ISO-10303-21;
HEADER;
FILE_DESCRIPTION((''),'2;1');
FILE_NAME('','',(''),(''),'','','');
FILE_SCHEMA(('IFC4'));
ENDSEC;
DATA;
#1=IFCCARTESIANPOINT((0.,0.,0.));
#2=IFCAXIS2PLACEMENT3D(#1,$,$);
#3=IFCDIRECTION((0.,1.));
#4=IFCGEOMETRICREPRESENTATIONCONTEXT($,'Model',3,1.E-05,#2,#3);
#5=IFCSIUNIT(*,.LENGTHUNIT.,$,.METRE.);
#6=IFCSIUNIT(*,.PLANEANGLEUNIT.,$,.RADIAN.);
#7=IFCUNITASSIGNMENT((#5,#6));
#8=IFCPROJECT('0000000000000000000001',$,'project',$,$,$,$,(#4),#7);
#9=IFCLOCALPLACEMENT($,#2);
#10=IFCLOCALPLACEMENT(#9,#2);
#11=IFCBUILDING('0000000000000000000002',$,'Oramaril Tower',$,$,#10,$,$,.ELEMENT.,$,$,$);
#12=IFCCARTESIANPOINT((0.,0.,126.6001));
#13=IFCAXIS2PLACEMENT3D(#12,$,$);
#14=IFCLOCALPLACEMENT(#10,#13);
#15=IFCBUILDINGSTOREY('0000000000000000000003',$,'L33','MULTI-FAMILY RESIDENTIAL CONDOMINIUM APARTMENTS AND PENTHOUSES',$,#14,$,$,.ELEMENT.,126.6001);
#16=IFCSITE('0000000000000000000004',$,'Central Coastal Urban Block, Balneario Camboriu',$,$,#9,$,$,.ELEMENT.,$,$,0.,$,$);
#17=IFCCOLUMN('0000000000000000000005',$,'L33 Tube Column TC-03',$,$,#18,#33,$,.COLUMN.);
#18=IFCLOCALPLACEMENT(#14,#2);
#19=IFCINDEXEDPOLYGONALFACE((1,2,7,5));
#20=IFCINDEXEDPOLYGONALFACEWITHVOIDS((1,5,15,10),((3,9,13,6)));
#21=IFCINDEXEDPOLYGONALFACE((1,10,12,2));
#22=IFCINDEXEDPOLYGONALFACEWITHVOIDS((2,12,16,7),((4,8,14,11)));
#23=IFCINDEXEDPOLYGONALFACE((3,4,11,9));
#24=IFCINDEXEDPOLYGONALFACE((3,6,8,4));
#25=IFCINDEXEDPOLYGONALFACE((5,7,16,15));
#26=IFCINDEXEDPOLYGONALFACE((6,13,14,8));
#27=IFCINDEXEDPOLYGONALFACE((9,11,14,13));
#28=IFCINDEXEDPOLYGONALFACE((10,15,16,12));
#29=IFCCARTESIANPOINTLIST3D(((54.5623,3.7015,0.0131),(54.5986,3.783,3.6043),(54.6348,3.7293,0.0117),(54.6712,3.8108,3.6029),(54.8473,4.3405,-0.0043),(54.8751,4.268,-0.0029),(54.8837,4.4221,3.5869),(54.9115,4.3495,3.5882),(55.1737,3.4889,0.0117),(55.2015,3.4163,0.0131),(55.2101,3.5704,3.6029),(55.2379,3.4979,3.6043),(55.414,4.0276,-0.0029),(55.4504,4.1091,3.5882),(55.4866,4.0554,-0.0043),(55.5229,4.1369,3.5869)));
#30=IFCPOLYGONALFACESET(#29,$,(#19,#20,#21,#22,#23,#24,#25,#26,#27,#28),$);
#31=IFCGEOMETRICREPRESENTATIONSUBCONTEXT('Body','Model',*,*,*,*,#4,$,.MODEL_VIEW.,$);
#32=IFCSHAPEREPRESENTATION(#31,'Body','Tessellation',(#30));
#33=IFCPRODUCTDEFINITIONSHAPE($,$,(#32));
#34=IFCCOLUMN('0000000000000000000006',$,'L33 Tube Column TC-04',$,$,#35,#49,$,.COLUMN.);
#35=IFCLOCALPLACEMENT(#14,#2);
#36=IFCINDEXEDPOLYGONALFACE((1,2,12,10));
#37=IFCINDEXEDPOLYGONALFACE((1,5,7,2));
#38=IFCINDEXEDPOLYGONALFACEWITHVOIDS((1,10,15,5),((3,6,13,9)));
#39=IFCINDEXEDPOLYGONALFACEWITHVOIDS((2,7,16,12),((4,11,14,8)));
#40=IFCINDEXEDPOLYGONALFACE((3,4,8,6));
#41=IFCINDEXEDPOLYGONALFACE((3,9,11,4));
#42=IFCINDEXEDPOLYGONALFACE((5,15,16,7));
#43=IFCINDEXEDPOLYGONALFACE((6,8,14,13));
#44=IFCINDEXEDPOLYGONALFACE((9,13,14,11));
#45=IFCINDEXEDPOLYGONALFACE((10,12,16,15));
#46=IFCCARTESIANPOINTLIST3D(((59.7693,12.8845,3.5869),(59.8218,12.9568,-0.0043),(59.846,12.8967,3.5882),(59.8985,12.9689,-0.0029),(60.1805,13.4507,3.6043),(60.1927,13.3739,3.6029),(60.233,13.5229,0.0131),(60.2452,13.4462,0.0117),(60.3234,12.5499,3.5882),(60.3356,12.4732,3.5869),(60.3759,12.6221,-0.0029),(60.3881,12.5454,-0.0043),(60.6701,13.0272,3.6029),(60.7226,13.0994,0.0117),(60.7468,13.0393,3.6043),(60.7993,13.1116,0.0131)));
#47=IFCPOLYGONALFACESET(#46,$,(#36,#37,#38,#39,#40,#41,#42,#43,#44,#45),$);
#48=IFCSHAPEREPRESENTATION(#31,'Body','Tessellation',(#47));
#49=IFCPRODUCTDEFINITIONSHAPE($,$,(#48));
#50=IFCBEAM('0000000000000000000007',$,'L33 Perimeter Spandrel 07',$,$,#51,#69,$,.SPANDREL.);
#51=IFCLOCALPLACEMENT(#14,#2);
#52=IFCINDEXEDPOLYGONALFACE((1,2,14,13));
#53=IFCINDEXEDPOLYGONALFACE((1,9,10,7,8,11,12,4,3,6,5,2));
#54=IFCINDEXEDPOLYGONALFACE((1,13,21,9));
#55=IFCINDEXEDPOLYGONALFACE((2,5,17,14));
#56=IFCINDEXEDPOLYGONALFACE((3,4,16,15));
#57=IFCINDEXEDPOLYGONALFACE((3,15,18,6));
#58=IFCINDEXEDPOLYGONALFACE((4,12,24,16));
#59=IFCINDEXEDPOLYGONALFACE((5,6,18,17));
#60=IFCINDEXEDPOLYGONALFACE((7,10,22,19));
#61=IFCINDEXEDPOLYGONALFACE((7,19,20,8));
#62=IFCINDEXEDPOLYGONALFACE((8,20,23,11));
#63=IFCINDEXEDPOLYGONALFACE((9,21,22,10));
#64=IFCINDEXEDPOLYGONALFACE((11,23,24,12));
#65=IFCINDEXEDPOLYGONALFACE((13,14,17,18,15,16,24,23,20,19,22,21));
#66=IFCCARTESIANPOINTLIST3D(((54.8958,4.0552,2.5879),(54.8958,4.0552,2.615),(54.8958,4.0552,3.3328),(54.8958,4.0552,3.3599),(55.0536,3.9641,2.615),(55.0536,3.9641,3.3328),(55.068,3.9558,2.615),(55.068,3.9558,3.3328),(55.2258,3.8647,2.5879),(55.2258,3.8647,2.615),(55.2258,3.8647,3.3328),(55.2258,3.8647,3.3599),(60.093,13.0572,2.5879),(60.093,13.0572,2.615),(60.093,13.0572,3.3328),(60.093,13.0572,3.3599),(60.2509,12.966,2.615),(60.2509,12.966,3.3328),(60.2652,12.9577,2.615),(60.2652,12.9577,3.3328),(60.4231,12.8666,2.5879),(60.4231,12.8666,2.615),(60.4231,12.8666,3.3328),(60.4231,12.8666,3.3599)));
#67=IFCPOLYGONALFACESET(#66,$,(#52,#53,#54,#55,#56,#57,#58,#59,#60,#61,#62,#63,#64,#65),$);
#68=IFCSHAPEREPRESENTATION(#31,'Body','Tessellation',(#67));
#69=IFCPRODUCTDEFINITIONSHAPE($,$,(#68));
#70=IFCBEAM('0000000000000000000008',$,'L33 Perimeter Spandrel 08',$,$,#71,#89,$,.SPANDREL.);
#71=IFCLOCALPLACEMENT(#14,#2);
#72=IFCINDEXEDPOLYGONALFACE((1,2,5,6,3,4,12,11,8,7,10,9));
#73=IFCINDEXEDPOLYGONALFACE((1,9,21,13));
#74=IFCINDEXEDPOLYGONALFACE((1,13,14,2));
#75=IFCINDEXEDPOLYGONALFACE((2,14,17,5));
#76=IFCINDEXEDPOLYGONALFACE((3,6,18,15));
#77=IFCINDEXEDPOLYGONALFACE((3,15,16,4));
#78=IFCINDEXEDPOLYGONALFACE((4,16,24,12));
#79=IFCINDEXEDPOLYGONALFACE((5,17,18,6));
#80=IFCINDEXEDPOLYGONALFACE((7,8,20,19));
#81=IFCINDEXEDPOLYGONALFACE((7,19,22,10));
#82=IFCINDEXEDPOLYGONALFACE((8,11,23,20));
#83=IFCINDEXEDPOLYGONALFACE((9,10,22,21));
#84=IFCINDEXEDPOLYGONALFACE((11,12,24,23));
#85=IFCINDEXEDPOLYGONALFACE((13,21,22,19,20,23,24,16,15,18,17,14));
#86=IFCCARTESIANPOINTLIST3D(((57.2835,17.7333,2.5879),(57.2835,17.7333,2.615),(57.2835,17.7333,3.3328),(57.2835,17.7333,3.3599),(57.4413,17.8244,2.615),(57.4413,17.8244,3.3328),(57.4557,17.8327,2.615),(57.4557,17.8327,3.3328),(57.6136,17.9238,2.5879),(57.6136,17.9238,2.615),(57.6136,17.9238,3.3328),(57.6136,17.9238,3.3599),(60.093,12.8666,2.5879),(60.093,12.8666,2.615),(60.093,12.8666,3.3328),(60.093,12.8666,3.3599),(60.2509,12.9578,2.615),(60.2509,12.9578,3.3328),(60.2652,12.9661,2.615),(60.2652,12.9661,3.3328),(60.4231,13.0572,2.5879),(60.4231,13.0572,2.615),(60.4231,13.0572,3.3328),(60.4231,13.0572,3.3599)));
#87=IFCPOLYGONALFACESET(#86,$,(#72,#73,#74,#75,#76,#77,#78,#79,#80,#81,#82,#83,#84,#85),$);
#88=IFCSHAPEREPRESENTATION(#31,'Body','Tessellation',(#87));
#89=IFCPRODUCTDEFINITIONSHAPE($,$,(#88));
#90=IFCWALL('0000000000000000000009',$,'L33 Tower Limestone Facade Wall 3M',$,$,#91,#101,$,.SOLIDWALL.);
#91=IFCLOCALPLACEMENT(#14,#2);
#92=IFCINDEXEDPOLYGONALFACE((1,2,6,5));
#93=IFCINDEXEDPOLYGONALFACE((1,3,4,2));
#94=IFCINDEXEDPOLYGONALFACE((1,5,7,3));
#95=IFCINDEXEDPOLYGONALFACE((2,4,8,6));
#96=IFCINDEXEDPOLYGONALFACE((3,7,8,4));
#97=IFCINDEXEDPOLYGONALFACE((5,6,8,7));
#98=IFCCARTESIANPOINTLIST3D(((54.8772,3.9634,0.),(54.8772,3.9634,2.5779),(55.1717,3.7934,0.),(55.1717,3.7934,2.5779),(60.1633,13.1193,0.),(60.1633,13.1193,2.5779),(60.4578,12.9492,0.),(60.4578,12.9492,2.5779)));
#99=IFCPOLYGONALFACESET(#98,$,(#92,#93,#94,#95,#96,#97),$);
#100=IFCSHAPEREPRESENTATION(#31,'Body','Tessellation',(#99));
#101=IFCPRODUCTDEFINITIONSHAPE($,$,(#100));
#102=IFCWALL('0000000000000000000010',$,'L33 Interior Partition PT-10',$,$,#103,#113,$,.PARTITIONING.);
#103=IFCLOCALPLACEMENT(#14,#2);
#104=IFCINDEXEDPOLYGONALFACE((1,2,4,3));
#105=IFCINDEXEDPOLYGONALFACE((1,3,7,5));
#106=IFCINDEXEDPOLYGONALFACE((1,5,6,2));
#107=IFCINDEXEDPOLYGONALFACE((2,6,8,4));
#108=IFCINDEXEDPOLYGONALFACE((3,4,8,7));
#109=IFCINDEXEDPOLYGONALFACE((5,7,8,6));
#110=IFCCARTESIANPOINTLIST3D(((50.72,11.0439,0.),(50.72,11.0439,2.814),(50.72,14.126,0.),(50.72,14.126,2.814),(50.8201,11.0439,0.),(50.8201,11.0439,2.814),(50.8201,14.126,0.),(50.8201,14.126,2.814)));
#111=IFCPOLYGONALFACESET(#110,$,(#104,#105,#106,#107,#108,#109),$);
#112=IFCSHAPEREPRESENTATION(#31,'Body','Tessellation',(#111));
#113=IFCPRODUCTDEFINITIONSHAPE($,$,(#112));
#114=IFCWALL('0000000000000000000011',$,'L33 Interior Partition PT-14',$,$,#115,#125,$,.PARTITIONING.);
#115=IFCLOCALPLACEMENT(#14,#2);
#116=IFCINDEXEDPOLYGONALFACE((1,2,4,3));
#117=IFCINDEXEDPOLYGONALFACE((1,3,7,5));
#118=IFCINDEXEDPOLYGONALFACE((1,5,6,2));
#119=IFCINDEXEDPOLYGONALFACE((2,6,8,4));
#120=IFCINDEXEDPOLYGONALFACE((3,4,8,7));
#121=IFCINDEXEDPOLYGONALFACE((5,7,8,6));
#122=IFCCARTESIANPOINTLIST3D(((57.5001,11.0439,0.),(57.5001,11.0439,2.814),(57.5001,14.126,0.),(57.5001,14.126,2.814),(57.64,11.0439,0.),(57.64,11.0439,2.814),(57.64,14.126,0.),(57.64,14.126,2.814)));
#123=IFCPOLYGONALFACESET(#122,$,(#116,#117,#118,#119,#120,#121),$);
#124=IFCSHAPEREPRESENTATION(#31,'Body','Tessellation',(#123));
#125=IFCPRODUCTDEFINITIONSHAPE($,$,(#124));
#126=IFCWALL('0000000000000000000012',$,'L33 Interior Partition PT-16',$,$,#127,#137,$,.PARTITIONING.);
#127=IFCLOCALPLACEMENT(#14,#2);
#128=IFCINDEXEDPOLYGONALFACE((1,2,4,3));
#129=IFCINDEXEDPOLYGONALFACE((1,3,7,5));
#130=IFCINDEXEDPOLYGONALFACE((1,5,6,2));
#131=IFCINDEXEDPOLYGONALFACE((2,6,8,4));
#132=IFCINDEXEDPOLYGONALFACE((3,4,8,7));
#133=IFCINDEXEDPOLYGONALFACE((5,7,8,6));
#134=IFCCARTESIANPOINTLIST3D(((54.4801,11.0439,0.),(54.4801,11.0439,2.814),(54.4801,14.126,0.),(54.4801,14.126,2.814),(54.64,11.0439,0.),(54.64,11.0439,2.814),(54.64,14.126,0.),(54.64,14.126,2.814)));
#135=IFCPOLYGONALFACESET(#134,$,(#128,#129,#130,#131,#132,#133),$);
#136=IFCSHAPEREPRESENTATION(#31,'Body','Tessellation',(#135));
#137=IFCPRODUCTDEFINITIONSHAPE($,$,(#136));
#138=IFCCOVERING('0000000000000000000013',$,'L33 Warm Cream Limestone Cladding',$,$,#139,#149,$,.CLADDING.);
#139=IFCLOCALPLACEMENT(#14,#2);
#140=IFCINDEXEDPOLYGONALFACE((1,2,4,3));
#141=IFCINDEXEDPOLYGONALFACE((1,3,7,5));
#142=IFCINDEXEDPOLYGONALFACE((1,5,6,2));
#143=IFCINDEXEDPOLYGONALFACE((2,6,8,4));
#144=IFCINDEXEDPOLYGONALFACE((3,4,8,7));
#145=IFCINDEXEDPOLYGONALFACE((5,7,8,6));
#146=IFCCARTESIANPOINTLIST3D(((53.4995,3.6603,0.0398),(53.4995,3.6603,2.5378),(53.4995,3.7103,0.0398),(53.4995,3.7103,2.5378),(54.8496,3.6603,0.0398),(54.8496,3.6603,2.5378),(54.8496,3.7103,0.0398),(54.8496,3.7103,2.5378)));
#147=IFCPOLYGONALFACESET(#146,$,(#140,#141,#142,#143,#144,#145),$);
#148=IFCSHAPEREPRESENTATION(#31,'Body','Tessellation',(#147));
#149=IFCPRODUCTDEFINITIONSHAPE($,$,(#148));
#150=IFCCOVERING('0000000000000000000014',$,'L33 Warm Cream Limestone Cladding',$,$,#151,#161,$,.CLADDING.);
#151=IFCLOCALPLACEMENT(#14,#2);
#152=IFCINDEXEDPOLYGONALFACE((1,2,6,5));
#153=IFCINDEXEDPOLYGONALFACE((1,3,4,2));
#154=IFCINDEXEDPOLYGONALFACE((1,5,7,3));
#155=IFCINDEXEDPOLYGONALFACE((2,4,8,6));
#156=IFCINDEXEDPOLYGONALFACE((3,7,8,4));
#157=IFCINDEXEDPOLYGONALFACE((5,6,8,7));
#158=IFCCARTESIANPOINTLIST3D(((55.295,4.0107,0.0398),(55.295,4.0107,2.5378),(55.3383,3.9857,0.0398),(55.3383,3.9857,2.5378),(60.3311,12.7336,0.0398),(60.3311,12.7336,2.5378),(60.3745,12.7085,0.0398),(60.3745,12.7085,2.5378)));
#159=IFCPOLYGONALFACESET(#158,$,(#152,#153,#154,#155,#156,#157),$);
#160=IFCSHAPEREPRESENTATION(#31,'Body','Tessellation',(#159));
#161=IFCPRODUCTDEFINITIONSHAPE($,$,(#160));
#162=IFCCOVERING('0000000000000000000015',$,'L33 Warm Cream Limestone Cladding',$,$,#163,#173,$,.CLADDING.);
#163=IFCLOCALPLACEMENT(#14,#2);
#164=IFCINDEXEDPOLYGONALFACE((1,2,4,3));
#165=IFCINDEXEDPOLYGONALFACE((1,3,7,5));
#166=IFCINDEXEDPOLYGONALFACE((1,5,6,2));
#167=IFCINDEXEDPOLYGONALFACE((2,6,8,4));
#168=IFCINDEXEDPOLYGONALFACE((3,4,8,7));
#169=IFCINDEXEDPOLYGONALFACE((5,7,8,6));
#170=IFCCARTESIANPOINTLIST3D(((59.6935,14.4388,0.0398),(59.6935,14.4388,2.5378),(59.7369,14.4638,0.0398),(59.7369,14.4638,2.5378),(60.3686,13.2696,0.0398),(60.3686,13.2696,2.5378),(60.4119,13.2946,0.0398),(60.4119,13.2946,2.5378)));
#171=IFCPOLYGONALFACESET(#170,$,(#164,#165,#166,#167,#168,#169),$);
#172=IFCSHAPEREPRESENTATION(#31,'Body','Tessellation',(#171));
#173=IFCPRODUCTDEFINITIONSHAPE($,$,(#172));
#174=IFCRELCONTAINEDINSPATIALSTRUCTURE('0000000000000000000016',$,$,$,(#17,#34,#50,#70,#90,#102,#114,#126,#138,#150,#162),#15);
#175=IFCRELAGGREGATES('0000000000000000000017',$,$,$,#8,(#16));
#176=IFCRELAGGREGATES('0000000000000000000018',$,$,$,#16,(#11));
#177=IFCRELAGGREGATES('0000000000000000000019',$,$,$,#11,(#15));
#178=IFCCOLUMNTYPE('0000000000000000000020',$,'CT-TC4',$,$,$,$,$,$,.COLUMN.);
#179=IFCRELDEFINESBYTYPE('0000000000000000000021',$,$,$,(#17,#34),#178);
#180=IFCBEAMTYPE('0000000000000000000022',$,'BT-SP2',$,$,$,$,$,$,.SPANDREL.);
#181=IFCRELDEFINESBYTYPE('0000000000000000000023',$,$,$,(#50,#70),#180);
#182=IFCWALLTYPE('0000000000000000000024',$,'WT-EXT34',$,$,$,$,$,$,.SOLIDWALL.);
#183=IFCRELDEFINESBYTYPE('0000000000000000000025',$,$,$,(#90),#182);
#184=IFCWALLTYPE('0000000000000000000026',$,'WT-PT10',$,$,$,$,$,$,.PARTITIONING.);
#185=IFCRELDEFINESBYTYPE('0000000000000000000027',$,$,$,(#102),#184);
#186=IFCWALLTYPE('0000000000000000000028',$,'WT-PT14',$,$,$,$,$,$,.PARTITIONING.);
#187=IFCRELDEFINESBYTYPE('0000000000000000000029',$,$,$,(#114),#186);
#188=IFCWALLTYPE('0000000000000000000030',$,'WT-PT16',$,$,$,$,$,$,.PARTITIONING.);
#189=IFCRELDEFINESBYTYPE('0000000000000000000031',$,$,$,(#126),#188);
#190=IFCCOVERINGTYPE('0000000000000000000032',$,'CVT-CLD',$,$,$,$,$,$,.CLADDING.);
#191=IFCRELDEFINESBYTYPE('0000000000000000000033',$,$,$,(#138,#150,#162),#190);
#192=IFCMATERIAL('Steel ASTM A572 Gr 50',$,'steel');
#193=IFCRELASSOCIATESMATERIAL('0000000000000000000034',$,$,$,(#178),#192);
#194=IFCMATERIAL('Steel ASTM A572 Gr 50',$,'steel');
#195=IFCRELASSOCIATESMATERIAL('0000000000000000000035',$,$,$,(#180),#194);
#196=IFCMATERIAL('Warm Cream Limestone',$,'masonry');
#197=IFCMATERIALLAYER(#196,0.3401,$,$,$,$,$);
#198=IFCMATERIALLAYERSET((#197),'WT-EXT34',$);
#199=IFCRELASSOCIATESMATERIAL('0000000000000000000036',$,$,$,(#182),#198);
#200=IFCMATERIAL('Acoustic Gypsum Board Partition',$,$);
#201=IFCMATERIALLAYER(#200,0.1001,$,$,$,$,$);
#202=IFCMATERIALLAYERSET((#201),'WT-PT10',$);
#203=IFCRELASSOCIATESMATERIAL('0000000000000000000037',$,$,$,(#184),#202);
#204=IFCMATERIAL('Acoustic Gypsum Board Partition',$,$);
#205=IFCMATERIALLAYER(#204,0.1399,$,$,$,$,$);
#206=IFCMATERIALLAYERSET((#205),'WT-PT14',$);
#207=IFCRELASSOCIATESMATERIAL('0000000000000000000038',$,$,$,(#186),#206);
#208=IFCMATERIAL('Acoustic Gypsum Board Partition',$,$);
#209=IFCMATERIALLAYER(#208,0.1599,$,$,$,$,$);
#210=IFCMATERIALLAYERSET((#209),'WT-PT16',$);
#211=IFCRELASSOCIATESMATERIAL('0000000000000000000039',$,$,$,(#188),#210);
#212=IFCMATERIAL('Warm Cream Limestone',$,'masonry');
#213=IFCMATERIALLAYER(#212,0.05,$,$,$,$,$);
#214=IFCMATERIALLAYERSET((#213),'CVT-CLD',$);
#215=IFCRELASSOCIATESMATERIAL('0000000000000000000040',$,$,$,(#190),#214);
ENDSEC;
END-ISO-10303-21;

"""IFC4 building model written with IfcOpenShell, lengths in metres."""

from ifc_helpers import new_model, si_unit, direction, frame, frame_2d, origin, origin_2d, place, context, subcontext, project, spatial, rectangle, hollow_rectangle, i_section, extrude, material, layer, layer_set, material_profile, profile_set, type_object, element, save


model = new_model("IFC4")

# Units and contexts
model_context = context("Model", 3, precision=1e-05, world=origin(), true_north=direction((0.0, 1.0)))
body_context = subcontext(model_context, "Body", "Model", "MODEL_VIEW")
ifc_project = project(units=[si_unit("LENGTHUNIT", "METRE"), si_unit("PLANEANGLEUNIT", "RADIAN")], contexts=[model_context])

# Site, building, storey
site_placement = place(None, origin())
site = spatial("IfcSite", under=ifc_project, at=site_placement, Name="Central Coastal Urban Block, Balneario Camboriu", CompositionType="ELEMENT", RefElevation=0.0)
building_placement = place(site_placement, origin())
building = spatial("IfcBuilding", under=site, at=building_placement, Name="Oramaril Tower", CompositionType="ELEMENT")
storey_placement = place(building_placement, frame((0.0, 0.0, 126.6001)))
storey = spatial("IfcBuildingStorey", under=building, at=storey_placement, Name="L33", Description="MULTI-FAMILY RESIDENTIAL CONDOMINIUM APARTMENTS AND PENTHOUSES", CompositionType="ELEMENT", Elevation=126.6001)

# Columns
ifc_material_1 = material(Name="Steel ASTM A572 Gr 50", Category="steel")
ifc_material_profile_1 = material_profile(ifc_material_1, hollow_rectangle(XDim=0.7, YDim=0.7, WallThickness=0.0549, at=origin_2d()), Name="BOX700X700X55")
ifc_profile_set_1 = profile_set([ifc_material_profile_1], Name="Steel ASTM A572 Gr 50")
column_type = type_object("IfcColumnType", Name="CT-TC4", PredefinedType="COLUMN", material=ifc_profile_set_1)
for number, where, z_axis, x_axis, name in (
    (1, (55.0244, 3.8784, 0.0044), (0.010127, 0.0227, 0.999691), (-0.913247, 0.407407, 0.0), "L33 Tube Column TC-03"),
    (2, (60.3105, 13.0342, 0.0044), (-0.014612, -0.020118, 0.999691), (0.809091, -0.587684, 0.0), "L33 Tube Column TC-04"),
):
    element("IfcColumn", number, at=place(storey_placement, frame(where, z_axis=z_axis, x_axis=x_axis)), inside=storey, type_object=column_type, Name=name, PredefinedType="COLUMN", context=body_context, shape_type="SweptSolid", body=[
        extrude(hollow_rectangle(XDim=0.7, YDim=0.7, WallThickness=0.0549, at=origin_2d()), origin(), (0.0, 0.0, 1.0), 3.5923),
    ])

# Beams
ifc_material_2 = material(Name="Steel ASTM A572 Gr 50", Category="steel")
ifc_material_profile_2 = material_profile(ifc_material_2, i_section(OverallWidth=0.3811, OverallDepth=0.772, WebThickness=0.0166, FlangeThickness=0.0271, at=origin_2d()), Name="W30X173")
ifc_profile_set_2 = profile_set([ifc_material_profile_2], Name="Steel ASTM A572 Gr 50")
beam_type = type_object("IfcBeamType", Name="BT-SP2", PredefinedType="SPANDREL", material=ifc_profile_set_2)
beam_1_placement = place(storey_placement, frame((55.0608, 3.96, 2.9739), z_axis=(0.499999, 0.866026, 0.0), x_axis=(-0.866026, 0.499999, 0.0)))
element("IfcBeam", 3, at=beam_1_placement, inside=storey, type_object=beam_type, Name="L33 Perimeter Spandrel 07", PredefinedType="SPANDREL", context=body_context, shape_type="SweptSolid", body=[
    extrude(i_section(OverallWidth=0.3811, OverallDepth=0.772, WebThickness=0.0166, FlangeThickness=0.0271, at=origin_2d()), origin(), (0.0, 0.0, 1.0), 10.3945),
])
beam_2_placement = place(storey_placement, frame((60.2581, 12.9619, 2.9739), z_axis=(-0.499971, 0.866042, 0.0), x_axis=(-0.866042, -0.499971, 0.0)))
element("IfcBeam", 4, at=beam_2_placement, inside=storey, type_object=beam_type, Name="L33 Perimeter Spandrel 08", PredefinedType="SPANDREL", context=body_context, shape_type="SweptSolid", body=[
    extrude(i_section(OverallWidth=0.3811, OverallDepth=0.772, WebThickness=0.0166, FlangeThickness=0.0271, at=origin_2d()), origin(), (0.0, 0.0, 1.0), 5.6194),
])

# Wall
ifc_material_3 = material(Name="Warm Cream Limestone", Category="masonry")
ifc_layer_1 = layer(ifc_material_3, 0.3401)
ifc_layer_set_1 = layer_set([ifc_layer_1], Name="WT-EXT34")
wall_type_1 = type_object("IfcWallType", Name="WT-EXT34", PredefinedType="SOLIDWALL", material=ifc_layer_set_1)
wall_1_placement = place(storey_placement, frame((55.0244, 3.8784, 0.0), z_axis=(0.0, 0.0, 1.0), x_axis=(0.500004, 0.866023, 0.0)))
element("IfcWall", 5, at=wall_1_placement, inside=storey, type_object=wall_type_1, Name="L33 Tower Limestone Facade Wall 3M", PredefinedType="SOLIDWALL", context=body_context, shape_type="SweptSolid", body=[
    extrude(rectangle(XDim=10.5723, YDim=0.3401, at=frame_2d((5.2861, 0.0))), origin(), (0.0, 0.0, 1.0), 2.5779),
])

# Walls
ifc_material_4 = material(Name="Acoustic Gypsum Board Partition")
ifc_layer_2 = layer(ifc_material_4, 0.1001)
ifc_layer_set_2 = layer_set([ifc_layer_2], Name="WT-PT10")
wall_type_2 = type_object("IfcWallType", Name="WT-PT10", PredefinedType="PARTITIONING", material=ifc_layer_set_2)
wall_2_placement = place(storey_placement, frame((50.77, 11.0439, 0.0), z_axis=(0.0, 0.0, 1.0), x_axis=(0.0, 1.0, 0.0)))
element("IfcWall", 6, at=wall_2_placement, inside=storey, type_object=wall_type_2, Name="L33 Interior Partition PT-10", PredefinedType="PARTITIONING", context=body_context, shape_type="SweptSolid", body=[
    extrude(rectangle(XDim=3.082, YDim=0.1001, at=frame_2d((1.541, 0.0))), origin(), (0.0, 0.0, 1.0), 2.814),
])
ifc_material_5 = material(Name="Acoustic Gypsum Board Partition")
ifc_layer_3 = layer(ifc_material_5, 0.1399)
ifc_layer_set_3 = layer_set([ifc_layer_3], Name="WT-PT14")
wall_type_3 = type_object("IfcWallType", Name="WT-PT14", PredefinedType="PARTITIONING", material=ifc_layer_set_3)
wall_3_placement = place(storey_placement, frame((57.5701, 11.0439, 0.0), z_axis=(0.0, 0.0, 1.0), x_axis=(0.0, 1.0, 0.0)))
element("IfcWall", 7, at=wall_3_placement, inside=storey, type_object=wall_type_3, Name="L33 Interior Partition PT-14", PredefinedType="PARTITIONING", context=body_context, shape_type="SweptSolid", body=[
    extrude(rectangle(XDim=3.082, YDim=0.1399, at=frame_2d((1.541, 0.0))), origin(), (0.0, 0.0, 1.0), 2.814),
])
ifc_material_6 = material(Name="Acoustic Gypsum Board Partition")
ifc_layer_4 = layer(ifc_material_6, 0.1599)
ifc_layer_set_4 = layer_set([ifc_layer_4], Name="WT-PT16")
wall_type_4 = type_object("IfcWallType", Name="WT-PT16", PredefinedType="PARTITIONING", material=ifc_layer_set_4)
wall_4_placement = place(storey_placement, frame((54.5601, 11.0439, 0.0), z_axis=(0.0, 0.0, 1.0), x_axis=(0.0, 1.0, 0.0)))
element("IfcWall", 8, at=wall_4_placement, inside=storey, type_object=wall_type_4, Name="L33 Interior Partition PT-16", PredefinedType="PARTITIONING", context=body_context, shape_type="SweptSolid", body=[
    extrude(rectangle(XDim=3.082, YDim=0.1599, at=frame_2d((1.541, 0.0))), origin(), (0.0, 0.0, 1.0), 2.814),
])

# Coverings
ifc_material_7 = material(Name="Warm Cream Limestone", Category="masonry")
ifc_layer_5 = layer(ifc_material_7, 0.05)
ifc_layer_set_5 = layer_set([ifc_layer_5], Name="CVT-CLD")
covering_type = type_object("IfcCoveringType", Name="CVT-CLD", PredefinedType="CLADDING", material=ifc_layer_set_5)
covering_1_placement = place(storey_placement, frame((54.1746, 3.6853, 0.0398), z_axis=(0.0, 0.0, 1.0), x_axis=(1.0, 0.0, 0.0)))
element("IfcCovering", 9, at=covering_1_placement, inside=storey, type_object=covering_type, Name="L33 Warm Cream Limestone Cladding", PredefinedType="CLADDING", context=body_context, shape_type="SweptSolid", body=[
    extrude(rectangle(XDim=1.3501, YDim=0.05, at=origin_2d()), origin(), (0.0, 0.0, 1.0), 2.498),
])
covering_2_placement = place(storey_placement, frame((57.8347, 8.3596, 0.0398), z_axis=(0.0, 0.0, 1.0), x_axis=(0.5, 0.866025, 0.0)))
element("IfcCovering", 10, at=covering_2_placement, inside=storey, type_object=covering_type, Name="L33 Warm Cream Limestone Cladding", PredefinedType="CLADDING", context=body_context, shape_type="SweptSolid", body=[
    extrude(rectangle(XDim=10.0723, YDim=0.05, at=origin_2d()), origin(), (0.0, 0.0, 1.0), 2.498),
])
covering_3_placement = place(storey_placement, frame((60.0527, 13.8667, 0.0398), z_axis=(0.0, 0.0, 1.0), x_axis=(-0.499998, 0.866026, 0.0)))
element("IfcCovering", 11, at=covering_3_placement, inside=storey, type_object=covering_type, Name="L33 Warm Cream Limestone Cladding", PredefinedType="CLADDING", context=body_context, shape_type="SweptSolid", body=[
    extrude(rectangle(XDim=1.3501, YDim=0.05, at=origin_2d()), origin(), (0.0, 0.0, 1.0), 2.498),
])

save(model, "model.ifc")
